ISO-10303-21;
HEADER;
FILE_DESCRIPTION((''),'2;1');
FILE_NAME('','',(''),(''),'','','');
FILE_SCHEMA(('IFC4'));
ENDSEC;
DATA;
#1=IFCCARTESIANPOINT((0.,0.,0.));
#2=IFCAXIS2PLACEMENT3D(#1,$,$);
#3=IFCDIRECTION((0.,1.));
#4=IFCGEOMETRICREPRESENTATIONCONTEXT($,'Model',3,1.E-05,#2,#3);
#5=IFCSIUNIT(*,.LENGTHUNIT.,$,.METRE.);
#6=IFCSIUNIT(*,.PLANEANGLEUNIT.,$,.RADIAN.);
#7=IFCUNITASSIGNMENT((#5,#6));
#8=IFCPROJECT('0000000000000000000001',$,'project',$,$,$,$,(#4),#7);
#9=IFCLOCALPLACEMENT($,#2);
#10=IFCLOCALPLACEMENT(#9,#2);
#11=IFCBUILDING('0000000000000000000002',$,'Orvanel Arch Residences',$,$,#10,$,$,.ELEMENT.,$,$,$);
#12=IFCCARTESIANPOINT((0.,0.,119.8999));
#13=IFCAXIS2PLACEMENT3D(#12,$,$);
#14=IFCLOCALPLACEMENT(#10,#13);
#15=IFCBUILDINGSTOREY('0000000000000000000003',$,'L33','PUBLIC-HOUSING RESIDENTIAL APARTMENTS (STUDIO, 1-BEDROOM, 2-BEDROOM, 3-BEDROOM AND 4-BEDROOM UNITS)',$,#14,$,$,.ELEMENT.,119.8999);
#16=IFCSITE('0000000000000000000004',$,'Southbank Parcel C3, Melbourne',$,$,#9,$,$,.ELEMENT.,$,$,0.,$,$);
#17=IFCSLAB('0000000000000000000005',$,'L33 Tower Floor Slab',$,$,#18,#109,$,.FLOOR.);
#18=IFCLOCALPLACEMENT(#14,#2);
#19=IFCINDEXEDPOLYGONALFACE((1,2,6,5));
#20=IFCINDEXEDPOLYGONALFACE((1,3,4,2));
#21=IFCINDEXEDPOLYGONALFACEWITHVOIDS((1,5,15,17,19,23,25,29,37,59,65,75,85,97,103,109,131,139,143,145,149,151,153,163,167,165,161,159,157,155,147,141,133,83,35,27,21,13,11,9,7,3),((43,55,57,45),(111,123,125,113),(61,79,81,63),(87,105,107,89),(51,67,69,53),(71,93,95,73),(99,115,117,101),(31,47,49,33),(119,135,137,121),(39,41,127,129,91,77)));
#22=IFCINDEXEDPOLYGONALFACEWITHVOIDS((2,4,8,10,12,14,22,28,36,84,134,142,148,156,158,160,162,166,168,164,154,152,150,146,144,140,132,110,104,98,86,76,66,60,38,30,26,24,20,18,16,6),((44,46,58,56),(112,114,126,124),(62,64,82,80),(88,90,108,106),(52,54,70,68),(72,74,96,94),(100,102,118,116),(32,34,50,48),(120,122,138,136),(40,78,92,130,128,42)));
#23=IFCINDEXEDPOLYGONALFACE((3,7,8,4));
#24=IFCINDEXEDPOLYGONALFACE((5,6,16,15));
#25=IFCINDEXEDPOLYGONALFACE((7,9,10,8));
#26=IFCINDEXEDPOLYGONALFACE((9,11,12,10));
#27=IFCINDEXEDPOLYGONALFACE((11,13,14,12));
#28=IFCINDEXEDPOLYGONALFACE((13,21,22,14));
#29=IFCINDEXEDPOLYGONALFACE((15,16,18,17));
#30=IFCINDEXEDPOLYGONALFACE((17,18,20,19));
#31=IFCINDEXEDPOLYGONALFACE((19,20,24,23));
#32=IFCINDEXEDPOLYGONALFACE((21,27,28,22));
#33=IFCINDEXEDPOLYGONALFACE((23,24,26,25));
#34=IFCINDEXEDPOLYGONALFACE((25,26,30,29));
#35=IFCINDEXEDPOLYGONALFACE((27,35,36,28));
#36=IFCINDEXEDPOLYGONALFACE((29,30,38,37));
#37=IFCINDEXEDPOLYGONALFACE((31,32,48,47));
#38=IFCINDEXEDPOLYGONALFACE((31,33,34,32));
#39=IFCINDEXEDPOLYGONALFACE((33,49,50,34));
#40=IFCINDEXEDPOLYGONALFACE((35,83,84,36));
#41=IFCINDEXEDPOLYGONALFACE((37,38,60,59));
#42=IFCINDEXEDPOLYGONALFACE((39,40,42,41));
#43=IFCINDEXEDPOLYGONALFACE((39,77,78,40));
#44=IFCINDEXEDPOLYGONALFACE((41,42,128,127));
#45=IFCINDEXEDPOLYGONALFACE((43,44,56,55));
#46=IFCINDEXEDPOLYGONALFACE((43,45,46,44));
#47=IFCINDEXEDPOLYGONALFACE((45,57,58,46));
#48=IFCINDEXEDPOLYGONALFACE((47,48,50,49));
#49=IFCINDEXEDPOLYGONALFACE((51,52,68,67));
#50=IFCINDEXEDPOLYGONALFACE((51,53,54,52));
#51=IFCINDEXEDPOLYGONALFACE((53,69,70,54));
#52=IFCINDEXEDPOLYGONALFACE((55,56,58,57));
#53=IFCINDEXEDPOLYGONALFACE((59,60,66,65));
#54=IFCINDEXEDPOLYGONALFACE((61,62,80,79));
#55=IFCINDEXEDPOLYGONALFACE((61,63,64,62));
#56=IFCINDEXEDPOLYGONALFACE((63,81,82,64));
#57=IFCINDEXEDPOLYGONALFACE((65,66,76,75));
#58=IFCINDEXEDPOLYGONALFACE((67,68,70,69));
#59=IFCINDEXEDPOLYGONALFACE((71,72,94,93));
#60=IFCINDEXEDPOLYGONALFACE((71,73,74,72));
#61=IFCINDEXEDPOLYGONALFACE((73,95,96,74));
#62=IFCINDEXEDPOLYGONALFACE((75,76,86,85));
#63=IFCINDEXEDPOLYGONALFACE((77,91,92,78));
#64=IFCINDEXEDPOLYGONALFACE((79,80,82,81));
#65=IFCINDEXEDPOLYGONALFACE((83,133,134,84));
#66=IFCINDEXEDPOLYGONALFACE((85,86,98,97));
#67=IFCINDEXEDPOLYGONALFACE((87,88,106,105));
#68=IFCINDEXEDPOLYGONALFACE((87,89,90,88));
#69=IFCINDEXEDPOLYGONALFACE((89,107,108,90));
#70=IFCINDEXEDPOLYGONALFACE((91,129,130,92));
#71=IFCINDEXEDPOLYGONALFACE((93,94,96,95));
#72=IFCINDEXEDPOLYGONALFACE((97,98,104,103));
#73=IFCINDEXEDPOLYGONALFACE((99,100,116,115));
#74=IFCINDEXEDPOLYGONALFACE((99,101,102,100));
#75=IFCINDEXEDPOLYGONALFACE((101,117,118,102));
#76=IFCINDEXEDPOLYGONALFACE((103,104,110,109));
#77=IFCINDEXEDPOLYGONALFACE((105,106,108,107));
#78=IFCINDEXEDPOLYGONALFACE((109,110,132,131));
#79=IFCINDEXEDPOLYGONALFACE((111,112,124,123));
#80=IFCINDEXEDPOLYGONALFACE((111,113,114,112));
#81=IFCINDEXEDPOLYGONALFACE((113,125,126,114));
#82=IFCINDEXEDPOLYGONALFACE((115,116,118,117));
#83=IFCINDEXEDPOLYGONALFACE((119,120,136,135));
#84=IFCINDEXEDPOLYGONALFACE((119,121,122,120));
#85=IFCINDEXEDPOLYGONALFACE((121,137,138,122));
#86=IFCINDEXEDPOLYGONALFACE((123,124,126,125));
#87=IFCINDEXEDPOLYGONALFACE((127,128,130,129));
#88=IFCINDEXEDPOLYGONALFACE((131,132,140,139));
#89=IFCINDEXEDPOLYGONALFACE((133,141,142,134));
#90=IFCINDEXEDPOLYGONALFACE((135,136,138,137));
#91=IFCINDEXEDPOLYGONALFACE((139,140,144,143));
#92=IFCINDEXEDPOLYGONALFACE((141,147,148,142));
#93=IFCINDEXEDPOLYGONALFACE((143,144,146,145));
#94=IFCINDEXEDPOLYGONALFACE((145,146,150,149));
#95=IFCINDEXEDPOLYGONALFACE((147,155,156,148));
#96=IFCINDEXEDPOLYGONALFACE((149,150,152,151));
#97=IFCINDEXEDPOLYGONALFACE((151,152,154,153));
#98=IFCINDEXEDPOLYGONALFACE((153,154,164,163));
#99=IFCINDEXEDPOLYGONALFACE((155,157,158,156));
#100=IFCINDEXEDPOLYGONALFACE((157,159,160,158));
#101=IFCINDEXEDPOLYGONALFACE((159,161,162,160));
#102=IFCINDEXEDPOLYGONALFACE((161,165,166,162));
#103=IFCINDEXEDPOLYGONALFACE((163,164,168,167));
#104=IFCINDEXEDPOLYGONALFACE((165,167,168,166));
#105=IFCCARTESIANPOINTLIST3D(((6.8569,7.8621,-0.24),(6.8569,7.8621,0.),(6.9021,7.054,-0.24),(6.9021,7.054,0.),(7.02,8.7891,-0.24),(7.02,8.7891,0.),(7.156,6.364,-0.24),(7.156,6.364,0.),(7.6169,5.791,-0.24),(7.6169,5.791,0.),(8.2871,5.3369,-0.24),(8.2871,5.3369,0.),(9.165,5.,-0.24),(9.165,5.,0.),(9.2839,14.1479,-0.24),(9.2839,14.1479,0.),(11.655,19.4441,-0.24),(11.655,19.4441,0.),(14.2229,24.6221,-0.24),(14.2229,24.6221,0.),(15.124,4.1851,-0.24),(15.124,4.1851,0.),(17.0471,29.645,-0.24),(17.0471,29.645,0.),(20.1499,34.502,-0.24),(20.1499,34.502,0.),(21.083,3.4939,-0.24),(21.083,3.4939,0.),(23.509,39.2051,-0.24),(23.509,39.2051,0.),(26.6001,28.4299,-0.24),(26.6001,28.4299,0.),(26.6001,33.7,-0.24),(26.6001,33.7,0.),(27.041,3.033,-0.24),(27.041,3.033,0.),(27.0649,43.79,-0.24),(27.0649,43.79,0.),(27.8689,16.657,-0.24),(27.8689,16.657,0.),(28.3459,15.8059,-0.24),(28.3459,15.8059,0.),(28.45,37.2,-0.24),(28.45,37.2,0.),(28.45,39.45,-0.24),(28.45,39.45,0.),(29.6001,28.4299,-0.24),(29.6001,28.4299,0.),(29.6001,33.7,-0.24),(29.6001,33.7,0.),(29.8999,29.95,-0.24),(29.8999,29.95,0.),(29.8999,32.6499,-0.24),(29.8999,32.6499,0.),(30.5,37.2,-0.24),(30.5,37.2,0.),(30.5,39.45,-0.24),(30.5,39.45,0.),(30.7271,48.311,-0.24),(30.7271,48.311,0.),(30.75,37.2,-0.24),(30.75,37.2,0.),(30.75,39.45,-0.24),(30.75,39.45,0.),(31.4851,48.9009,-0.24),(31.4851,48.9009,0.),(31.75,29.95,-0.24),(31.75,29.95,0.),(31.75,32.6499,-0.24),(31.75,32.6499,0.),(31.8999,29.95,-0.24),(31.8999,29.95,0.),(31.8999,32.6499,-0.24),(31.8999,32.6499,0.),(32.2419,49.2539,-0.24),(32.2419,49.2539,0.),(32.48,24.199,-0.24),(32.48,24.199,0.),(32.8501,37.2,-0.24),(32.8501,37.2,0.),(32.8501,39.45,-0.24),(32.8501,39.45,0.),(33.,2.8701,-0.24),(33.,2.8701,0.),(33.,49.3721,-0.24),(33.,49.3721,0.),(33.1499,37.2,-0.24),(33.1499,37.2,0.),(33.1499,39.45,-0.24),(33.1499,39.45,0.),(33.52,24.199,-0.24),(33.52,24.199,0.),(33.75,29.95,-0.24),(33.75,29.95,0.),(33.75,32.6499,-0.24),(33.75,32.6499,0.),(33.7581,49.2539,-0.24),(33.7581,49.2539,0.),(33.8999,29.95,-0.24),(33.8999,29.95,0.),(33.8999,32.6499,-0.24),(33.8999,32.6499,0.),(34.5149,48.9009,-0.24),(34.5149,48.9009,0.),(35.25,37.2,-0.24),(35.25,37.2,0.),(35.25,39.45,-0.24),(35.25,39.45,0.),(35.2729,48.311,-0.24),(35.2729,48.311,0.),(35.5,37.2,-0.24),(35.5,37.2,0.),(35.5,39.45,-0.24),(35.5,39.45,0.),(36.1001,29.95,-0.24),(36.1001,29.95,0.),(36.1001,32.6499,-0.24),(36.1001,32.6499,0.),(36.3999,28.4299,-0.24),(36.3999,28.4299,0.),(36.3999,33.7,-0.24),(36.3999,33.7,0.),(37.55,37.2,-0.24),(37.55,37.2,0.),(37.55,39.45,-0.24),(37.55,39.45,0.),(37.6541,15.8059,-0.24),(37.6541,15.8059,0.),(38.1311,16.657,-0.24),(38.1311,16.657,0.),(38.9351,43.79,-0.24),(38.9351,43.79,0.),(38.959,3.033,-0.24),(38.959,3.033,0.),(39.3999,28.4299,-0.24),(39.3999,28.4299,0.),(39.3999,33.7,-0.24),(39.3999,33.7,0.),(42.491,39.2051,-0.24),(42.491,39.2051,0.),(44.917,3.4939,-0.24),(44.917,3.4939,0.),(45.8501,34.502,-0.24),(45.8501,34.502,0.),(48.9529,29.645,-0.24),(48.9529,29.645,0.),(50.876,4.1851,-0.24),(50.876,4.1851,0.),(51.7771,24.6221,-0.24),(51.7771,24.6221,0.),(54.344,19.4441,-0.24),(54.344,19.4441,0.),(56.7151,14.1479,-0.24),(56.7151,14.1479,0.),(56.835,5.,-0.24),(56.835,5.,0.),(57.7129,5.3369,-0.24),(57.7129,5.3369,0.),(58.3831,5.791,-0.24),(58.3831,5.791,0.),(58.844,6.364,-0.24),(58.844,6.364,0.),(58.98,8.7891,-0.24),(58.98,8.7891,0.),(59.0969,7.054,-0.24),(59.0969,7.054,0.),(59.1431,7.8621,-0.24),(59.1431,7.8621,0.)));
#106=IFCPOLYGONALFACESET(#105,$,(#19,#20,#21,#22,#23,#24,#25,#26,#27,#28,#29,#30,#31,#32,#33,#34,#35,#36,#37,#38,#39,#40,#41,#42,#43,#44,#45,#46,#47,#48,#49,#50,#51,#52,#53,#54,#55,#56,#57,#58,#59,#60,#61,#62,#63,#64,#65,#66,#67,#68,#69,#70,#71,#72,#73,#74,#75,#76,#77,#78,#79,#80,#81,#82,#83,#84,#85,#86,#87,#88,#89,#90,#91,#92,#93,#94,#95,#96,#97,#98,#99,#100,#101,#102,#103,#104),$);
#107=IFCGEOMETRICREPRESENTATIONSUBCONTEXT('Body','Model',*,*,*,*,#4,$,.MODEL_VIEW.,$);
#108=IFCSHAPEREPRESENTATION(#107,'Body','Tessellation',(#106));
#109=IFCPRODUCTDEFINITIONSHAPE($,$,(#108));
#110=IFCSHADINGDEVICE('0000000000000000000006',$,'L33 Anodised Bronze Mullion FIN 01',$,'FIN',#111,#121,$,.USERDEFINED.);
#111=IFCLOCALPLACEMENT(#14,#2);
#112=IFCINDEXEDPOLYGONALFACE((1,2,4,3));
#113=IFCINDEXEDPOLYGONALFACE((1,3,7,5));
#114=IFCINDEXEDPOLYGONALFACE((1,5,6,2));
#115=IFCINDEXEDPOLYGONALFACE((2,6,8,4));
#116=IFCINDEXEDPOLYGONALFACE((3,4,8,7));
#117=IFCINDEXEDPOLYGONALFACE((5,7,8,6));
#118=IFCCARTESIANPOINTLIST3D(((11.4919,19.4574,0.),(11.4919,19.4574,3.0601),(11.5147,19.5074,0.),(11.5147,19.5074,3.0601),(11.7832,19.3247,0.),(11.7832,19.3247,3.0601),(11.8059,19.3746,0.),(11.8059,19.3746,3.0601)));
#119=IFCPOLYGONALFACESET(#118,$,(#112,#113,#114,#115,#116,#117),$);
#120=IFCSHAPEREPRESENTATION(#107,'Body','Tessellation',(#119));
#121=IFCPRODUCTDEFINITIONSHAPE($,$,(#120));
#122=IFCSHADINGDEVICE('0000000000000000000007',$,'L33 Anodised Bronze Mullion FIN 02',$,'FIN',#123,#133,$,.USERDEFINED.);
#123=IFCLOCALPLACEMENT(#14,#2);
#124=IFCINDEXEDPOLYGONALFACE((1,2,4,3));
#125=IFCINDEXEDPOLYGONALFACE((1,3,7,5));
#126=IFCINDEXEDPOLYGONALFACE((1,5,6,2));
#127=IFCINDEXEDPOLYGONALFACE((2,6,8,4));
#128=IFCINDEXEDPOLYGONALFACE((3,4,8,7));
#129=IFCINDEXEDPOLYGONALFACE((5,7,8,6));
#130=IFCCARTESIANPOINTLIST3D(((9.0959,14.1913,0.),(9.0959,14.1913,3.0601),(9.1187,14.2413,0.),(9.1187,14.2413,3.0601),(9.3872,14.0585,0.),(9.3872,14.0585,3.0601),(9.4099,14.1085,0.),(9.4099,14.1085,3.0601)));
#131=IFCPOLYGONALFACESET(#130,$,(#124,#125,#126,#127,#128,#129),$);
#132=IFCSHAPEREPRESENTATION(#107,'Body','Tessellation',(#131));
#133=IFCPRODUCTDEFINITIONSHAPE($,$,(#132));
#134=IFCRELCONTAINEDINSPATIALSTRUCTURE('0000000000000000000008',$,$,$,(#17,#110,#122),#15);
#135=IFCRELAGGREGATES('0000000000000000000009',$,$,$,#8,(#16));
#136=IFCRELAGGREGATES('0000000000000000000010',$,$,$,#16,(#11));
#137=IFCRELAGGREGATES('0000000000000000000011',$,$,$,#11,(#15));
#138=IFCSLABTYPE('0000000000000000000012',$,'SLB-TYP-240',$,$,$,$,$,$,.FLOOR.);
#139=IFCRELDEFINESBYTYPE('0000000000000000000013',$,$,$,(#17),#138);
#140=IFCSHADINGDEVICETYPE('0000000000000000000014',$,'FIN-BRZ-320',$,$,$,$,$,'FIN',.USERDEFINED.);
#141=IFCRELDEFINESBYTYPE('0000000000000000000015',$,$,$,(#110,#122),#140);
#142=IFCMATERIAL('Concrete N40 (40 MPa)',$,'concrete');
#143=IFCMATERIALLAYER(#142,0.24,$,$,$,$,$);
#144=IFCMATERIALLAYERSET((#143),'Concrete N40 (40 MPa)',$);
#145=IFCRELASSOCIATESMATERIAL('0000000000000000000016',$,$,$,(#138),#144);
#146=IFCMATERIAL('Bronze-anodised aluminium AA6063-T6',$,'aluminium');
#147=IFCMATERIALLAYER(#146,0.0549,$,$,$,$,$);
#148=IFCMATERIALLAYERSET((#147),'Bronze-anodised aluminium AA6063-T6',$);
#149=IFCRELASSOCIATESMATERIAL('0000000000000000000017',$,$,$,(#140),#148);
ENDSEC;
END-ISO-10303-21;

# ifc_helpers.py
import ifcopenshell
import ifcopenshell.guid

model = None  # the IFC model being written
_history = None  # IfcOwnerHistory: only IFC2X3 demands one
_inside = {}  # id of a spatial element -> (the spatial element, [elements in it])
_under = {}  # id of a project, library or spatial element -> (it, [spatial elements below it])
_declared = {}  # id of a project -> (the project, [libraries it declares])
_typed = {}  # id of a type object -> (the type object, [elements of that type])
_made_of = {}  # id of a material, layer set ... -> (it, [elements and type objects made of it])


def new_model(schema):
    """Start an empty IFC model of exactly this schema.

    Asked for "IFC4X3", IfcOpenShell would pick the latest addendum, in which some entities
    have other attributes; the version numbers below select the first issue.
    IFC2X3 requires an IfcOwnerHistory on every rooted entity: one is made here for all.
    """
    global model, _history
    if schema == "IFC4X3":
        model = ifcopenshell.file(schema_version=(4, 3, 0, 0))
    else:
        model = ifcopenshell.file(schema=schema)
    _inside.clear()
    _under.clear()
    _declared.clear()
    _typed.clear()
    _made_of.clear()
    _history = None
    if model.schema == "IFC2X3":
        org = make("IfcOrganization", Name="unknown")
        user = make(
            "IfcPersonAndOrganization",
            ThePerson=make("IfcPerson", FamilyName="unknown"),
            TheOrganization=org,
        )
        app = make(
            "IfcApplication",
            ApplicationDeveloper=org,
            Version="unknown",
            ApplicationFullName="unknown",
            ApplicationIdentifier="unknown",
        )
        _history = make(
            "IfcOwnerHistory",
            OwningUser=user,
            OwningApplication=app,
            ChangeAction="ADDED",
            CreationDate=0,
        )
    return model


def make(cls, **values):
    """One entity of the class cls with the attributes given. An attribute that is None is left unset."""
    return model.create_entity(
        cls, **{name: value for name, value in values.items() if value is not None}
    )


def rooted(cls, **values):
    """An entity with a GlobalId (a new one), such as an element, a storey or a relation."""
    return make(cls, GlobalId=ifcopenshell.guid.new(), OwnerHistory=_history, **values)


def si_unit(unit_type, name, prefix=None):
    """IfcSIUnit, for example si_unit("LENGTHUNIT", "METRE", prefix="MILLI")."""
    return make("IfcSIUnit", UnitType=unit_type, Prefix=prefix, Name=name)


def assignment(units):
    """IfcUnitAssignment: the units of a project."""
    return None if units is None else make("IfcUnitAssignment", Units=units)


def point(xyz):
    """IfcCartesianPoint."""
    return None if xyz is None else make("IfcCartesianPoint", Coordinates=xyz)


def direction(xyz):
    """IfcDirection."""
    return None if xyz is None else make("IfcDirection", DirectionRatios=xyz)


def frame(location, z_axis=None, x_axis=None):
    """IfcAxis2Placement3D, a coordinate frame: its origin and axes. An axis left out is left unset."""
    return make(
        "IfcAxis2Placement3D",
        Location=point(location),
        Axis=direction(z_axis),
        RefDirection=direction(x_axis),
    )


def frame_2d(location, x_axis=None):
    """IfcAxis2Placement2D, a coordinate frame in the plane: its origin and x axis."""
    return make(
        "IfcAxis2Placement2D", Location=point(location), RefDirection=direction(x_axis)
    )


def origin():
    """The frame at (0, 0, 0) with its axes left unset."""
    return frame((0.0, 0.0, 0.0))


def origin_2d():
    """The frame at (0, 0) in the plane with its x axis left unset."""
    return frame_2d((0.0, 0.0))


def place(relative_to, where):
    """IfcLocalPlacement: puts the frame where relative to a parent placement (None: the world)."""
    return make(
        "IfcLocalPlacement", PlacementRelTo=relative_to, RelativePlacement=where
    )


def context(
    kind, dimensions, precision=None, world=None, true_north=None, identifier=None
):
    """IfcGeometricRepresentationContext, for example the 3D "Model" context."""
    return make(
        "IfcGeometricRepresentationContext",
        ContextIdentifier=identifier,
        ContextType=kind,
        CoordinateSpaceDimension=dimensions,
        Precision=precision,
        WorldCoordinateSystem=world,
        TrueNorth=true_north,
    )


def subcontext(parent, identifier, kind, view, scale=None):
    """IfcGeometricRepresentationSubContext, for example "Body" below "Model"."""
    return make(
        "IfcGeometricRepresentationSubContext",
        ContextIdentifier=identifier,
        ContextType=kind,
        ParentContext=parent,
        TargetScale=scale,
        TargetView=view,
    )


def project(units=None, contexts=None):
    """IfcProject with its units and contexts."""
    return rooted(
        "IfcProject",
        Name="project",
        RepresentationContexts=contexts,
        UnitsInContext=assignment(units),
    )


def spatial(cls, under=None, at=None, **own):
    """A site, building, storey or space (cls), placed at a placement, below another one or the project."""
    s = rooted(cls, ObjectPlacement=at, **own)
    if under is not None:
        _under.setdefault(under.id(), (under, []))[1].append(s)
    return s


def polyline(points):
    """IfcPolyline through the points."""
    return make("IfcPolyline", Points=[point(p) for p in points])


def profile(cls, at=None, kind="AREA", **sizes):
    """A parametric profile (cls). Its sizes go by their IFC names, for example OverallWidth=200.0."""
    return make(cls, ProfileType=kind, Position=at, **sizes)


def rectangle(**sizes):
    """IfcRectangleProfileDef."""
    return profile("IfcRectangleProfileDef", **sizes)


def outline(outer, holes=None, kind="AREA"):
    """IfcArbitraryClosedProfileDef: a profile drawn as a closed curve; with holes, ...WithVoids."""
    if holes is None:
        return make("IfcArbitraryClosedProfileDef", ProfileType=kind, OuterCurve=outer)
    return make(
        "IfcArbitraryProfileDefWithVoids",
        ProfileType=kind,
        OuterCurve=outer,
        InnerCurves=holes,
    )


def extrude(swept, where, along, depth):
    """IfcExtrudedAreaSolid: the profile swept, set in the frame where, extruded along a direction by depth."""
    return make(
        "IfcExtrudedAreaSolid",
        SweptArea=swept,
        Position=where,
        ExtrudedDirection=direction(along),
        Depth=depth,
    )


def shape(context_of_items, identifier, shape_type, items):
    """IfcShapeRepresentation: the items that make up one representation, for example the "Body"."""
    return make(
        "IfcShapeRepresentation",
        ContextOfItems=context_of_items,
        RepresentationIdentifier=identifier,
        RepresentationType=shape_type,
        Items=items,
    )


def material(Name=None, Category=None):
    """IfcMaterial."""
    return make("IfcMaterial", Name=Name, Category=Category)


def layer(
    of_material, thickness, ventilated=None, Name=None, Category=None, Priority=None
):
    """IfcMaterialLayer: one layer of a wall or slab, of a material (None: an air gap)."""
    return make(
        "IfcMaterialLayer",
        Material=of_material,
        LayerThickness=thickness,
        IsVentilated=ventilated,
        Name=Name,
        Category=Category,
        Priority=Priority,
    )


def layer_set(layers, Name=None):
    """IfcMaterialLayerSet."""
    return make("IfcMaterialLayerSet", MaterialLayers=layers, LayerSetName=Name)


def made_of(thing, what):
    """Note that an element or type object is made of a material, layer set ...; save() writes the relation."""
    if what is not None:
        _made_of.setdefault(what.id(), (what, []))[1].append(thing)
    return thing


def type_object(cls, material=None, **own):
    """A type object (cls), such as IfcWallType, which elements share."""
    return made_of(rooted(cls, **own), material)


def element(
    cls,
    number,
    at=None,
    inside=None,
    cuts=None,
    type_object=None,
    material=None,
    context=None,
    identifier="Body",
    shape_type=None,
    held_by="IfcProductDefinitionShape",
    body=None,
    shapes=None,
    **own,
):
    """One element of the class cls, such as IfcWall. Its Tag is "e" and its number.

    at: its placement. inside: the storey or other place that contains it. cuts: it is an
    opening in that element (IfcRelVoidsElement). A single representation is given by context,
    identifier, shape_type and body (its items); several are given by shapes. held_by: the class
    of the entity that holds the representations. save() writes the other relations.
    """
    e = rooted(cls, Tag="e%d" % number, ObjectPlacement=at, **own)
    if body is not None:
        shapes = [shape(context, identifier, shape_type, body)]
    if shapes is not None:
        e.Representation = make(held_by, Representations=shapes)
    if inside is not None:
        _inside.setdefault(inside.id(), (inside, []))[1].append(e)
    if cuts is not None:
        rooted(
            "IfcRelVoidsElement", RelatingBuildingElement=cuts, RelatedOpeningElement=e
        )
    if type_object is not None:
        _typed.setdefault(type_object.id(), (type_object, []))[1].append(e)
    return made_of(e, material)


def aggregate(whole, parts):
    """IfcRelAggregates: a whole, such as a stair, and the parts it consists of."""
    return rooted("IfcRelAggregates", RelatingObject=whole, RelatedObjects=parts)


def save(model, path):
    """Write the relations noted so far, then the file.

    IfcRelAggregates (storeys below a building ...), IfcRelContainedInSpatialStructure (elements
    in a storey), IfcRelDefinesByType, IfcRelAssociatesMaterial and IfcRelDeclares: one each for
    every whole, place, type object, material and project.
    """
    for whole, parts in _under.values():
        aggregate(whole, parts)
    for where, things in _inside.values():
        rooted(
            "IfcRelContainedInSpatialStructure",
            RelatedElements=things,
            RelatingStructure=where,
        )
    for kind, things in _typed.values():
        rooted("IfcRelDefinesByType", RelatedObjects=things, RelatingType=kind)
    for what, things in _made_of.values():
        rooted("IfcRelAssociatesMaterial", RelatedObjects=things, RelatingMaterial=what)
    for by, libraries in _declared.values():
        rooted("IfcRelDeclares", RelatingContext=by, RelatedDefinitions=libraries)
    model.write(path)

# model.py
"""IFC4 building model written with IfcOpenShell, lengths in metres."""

from ifc_helpers import new_model, si_unit, direction, frame, origin, origin_2d, place, context, subcontext, project, spatial, polyline, rectangle, outline, extrude, material, layer, layer_set, type_object, element, save


model = new_model("IFC4")

# Units and contexts
model_context = context("Model", 3, precision=1e-05, world=origin(), true_north=direction((0.0, 1.0)))
body_context = subcontext(model_context, "Body", "Model", "MODEL_VIEW")
ifc_project = project(units=[si_unit("LENGTHUNIT", "METRE"), si_unit("PLANEANGLEUNIT", "RADIAN")], contexts=[model_context])

# Site, building, storey
site_placement = place(None, origin())
site = spatial("IfcSite", under=ifc_project, at=site_placement, Name="Southbank Parcel C3, Melbourne", CompositionType="ELEMENT", RefElevation=0.0)
building_placement = place(site_placement, origin())
building = spatial("IfcBuilding", under=site, at=building_placement, Name="Orvanel Arch Residences", CompositionType="ELEMENT")
storey_placement = place(building_placement, frame((0.0, 0.0, 119.8999)))
storey = spatial("IfcBuildingStorey", under=building, at=storey_placement, Name="L33", Description="PUBLIC-HOUSING RESIDENTIAL APARTMENTS (STUDIO, 1-BEDROOM, 2-BEDROOM, 3-BEDROOM AND 4-BEDROOM UNITS)", CompositionType="ELEMENT", Elevation=119.8999)

# Shared definitions
ifc_material_1 = material(Name="Bronze-anodised aluminium AA6063-T6", Category="aluminium")

# Shared definitions
ifc_material_2 = material(Name="Concrete N40 (40 MPa)", Category="concrete")

# Slab
ifc_layer_1 = layer(ifc_material_2, 0.24)
ifc_layer_set_1 = layer_set([ifc_layer_1], Name="Concrete N40 (40 MPa)")
slab_type_1 = type_object("IfcSlabType", Name="SLB-TYP-240", PredefinedType="FLOOR", material=ifc_layer_set_1)
slab_1_placement = place(storey_placement, frame((0.0, 0.0, -0.24)))
element("IfcSlab", 1, at=slab_1_placement, inside=storey, type_object=slab_type_1, Name="L33 Tower Floor Slab", PredefinedType="FLOOR", context=body_context, shape_type="SweptSolid", body=[
    extrude(outline(polyline([(35.2729, 48.311), (34.5149, 48.9009), (33.7581, 49.2539), (33.0, 49.3721), (32.2419, 49.2539), (31.4851, 48.9009), (30.7271, 48.311), (27.0649, 43.79), (23.509, 39.2051), (20.1499, 34.502), (17.0471, 29.645), (14.2229, 24.6221), (11.655, 19.4441), (9.2839, 14.1479), (7.02, 8.7891), (6.8569, 7.8621), (6.9021, 7.054), (7.156, 6.364), (7.6169, 5.791), (8.2871, 5.3369), (9.165, 5.0), (15.124, 4.1851), (21.083, 3.4939), (27.041, 3.033), (33.0, 2.8701), (38.959, 3.033), (44.917, 3.4939), (50.876, 4.1851), (56.835, 5.0), (57.7129, 5.3369), (58.3831, 5.791), (58.844, 6.364), (59.0969, 7.054), (59.1431, 7.8621), (58.98, 8.7891), (56.7151, 14.1479), (54.344, 19.4441), (51.7771, 24.6221), (48.9529, 29.645), (45.8501, 34.502), (42.491, 39.2051), (38.9351, 43.79), (35.2729, 48.311)]), holes=[polyline([(26.6001, 28.4299), (26.6001, 33.7), (29.6001, 33.7), (29.6001, 28.4299), (26.6001, 28.4299)]), polyline([(36.3999, 28.4299), (36.3999, 33.7), (39.3999, 33.7), (39.3999, 28.4299), (36.3999, 28.4299)]), polyline([(29.8999, 32.6499), (31.75, 32.6499), (31.75, 29.95), (29.8999, 29.95), (29.8999, 32.6499)]), polyline([(31.8999, 32.6499), (33.75, 32.6499), (33.75, 29.95), (31.8999, 29.95), (31.8999, 32.6499)]), polyline([(33.8999, 32.6499), (36.1001, 32.6499), (36.1001, 29.95), (33.8999, 29.95), (33.8999, 32.6499)]), polyline([(28.45, 39.45), (30.5, 39.45), (30.5, 37.2), (28.45, 37.2), (28.45, 39.45)]), polyline([(35.5, 39.45), (37.55, 39.45), (37.55, 37.2), (35.5, 37.2), (35.5, 39.45)]), polyline([(30.75, 39.45), (32.8501, 39.45), (32.8501, 37.2), (30.75, 37.2), (30.75, 39.45)]), polyline([(33.1499, 39.45), (35.25, 39.45), (35.25, 37.2), (33.1499, 37.2), (33.1499, 39.45)]), polyline([(38.1311, 16.657), (37.6541, 15.8059), (28.3459, 15.8059), (27.8689, 16.657), (32.48, 24.199), (33.52, 24.199), (38.1311, 16.657)])]), origin(), (0.0, 0.0, 1.0), 0.24),
])

# Shading devices
ifc_layer_2 = layer(ifc_material_1, 0.0549)
ifc_layer_set_2 = layer_set([ifc_layer_2], Name="Bronze-anodised aluminium AA6063-T6")
shading_device_type = type_object("IfcShadingDeviceType", Name="FIN-BRZ-320", ElementType="FIN", PredefinedType="USERDEFINED", material=ifc_layer_set_2)
for number, where, z_axis, x_axis, name in (
    (2, (11.6489, 19.416, 0.0), (0.0, 0.0, 1.0), (-0.909961, 0.414693, 0.0), "L33 Anodised Bronze Mullion FIN 01"),
    (3, (9.2529, 14.1499, 0.0), (0.0, 0.0, 1.0), (-0.909961, 0.414693, 0.0), "L33 Anodised Bronze Mullion FIN 02"),
):
    element("IfcShadingDevice", number, at=place(storey_placement, frame(where, z_axis=z_axis, x_axis=x_axis)), inside=storey, type_object=shading_device_type, Name=name, ObjectType="FIN", PredefinedType="USERDEFINED", context=body_context, shape_type="SweptSolid", body=[
        extrude(rectangle(XDim=0.3201, YDim=0.0549, at=origin_2d()), origin(), (0.0, 0.0, 1.0), 3.0601),
    ])

save(model, "model.ifc")
